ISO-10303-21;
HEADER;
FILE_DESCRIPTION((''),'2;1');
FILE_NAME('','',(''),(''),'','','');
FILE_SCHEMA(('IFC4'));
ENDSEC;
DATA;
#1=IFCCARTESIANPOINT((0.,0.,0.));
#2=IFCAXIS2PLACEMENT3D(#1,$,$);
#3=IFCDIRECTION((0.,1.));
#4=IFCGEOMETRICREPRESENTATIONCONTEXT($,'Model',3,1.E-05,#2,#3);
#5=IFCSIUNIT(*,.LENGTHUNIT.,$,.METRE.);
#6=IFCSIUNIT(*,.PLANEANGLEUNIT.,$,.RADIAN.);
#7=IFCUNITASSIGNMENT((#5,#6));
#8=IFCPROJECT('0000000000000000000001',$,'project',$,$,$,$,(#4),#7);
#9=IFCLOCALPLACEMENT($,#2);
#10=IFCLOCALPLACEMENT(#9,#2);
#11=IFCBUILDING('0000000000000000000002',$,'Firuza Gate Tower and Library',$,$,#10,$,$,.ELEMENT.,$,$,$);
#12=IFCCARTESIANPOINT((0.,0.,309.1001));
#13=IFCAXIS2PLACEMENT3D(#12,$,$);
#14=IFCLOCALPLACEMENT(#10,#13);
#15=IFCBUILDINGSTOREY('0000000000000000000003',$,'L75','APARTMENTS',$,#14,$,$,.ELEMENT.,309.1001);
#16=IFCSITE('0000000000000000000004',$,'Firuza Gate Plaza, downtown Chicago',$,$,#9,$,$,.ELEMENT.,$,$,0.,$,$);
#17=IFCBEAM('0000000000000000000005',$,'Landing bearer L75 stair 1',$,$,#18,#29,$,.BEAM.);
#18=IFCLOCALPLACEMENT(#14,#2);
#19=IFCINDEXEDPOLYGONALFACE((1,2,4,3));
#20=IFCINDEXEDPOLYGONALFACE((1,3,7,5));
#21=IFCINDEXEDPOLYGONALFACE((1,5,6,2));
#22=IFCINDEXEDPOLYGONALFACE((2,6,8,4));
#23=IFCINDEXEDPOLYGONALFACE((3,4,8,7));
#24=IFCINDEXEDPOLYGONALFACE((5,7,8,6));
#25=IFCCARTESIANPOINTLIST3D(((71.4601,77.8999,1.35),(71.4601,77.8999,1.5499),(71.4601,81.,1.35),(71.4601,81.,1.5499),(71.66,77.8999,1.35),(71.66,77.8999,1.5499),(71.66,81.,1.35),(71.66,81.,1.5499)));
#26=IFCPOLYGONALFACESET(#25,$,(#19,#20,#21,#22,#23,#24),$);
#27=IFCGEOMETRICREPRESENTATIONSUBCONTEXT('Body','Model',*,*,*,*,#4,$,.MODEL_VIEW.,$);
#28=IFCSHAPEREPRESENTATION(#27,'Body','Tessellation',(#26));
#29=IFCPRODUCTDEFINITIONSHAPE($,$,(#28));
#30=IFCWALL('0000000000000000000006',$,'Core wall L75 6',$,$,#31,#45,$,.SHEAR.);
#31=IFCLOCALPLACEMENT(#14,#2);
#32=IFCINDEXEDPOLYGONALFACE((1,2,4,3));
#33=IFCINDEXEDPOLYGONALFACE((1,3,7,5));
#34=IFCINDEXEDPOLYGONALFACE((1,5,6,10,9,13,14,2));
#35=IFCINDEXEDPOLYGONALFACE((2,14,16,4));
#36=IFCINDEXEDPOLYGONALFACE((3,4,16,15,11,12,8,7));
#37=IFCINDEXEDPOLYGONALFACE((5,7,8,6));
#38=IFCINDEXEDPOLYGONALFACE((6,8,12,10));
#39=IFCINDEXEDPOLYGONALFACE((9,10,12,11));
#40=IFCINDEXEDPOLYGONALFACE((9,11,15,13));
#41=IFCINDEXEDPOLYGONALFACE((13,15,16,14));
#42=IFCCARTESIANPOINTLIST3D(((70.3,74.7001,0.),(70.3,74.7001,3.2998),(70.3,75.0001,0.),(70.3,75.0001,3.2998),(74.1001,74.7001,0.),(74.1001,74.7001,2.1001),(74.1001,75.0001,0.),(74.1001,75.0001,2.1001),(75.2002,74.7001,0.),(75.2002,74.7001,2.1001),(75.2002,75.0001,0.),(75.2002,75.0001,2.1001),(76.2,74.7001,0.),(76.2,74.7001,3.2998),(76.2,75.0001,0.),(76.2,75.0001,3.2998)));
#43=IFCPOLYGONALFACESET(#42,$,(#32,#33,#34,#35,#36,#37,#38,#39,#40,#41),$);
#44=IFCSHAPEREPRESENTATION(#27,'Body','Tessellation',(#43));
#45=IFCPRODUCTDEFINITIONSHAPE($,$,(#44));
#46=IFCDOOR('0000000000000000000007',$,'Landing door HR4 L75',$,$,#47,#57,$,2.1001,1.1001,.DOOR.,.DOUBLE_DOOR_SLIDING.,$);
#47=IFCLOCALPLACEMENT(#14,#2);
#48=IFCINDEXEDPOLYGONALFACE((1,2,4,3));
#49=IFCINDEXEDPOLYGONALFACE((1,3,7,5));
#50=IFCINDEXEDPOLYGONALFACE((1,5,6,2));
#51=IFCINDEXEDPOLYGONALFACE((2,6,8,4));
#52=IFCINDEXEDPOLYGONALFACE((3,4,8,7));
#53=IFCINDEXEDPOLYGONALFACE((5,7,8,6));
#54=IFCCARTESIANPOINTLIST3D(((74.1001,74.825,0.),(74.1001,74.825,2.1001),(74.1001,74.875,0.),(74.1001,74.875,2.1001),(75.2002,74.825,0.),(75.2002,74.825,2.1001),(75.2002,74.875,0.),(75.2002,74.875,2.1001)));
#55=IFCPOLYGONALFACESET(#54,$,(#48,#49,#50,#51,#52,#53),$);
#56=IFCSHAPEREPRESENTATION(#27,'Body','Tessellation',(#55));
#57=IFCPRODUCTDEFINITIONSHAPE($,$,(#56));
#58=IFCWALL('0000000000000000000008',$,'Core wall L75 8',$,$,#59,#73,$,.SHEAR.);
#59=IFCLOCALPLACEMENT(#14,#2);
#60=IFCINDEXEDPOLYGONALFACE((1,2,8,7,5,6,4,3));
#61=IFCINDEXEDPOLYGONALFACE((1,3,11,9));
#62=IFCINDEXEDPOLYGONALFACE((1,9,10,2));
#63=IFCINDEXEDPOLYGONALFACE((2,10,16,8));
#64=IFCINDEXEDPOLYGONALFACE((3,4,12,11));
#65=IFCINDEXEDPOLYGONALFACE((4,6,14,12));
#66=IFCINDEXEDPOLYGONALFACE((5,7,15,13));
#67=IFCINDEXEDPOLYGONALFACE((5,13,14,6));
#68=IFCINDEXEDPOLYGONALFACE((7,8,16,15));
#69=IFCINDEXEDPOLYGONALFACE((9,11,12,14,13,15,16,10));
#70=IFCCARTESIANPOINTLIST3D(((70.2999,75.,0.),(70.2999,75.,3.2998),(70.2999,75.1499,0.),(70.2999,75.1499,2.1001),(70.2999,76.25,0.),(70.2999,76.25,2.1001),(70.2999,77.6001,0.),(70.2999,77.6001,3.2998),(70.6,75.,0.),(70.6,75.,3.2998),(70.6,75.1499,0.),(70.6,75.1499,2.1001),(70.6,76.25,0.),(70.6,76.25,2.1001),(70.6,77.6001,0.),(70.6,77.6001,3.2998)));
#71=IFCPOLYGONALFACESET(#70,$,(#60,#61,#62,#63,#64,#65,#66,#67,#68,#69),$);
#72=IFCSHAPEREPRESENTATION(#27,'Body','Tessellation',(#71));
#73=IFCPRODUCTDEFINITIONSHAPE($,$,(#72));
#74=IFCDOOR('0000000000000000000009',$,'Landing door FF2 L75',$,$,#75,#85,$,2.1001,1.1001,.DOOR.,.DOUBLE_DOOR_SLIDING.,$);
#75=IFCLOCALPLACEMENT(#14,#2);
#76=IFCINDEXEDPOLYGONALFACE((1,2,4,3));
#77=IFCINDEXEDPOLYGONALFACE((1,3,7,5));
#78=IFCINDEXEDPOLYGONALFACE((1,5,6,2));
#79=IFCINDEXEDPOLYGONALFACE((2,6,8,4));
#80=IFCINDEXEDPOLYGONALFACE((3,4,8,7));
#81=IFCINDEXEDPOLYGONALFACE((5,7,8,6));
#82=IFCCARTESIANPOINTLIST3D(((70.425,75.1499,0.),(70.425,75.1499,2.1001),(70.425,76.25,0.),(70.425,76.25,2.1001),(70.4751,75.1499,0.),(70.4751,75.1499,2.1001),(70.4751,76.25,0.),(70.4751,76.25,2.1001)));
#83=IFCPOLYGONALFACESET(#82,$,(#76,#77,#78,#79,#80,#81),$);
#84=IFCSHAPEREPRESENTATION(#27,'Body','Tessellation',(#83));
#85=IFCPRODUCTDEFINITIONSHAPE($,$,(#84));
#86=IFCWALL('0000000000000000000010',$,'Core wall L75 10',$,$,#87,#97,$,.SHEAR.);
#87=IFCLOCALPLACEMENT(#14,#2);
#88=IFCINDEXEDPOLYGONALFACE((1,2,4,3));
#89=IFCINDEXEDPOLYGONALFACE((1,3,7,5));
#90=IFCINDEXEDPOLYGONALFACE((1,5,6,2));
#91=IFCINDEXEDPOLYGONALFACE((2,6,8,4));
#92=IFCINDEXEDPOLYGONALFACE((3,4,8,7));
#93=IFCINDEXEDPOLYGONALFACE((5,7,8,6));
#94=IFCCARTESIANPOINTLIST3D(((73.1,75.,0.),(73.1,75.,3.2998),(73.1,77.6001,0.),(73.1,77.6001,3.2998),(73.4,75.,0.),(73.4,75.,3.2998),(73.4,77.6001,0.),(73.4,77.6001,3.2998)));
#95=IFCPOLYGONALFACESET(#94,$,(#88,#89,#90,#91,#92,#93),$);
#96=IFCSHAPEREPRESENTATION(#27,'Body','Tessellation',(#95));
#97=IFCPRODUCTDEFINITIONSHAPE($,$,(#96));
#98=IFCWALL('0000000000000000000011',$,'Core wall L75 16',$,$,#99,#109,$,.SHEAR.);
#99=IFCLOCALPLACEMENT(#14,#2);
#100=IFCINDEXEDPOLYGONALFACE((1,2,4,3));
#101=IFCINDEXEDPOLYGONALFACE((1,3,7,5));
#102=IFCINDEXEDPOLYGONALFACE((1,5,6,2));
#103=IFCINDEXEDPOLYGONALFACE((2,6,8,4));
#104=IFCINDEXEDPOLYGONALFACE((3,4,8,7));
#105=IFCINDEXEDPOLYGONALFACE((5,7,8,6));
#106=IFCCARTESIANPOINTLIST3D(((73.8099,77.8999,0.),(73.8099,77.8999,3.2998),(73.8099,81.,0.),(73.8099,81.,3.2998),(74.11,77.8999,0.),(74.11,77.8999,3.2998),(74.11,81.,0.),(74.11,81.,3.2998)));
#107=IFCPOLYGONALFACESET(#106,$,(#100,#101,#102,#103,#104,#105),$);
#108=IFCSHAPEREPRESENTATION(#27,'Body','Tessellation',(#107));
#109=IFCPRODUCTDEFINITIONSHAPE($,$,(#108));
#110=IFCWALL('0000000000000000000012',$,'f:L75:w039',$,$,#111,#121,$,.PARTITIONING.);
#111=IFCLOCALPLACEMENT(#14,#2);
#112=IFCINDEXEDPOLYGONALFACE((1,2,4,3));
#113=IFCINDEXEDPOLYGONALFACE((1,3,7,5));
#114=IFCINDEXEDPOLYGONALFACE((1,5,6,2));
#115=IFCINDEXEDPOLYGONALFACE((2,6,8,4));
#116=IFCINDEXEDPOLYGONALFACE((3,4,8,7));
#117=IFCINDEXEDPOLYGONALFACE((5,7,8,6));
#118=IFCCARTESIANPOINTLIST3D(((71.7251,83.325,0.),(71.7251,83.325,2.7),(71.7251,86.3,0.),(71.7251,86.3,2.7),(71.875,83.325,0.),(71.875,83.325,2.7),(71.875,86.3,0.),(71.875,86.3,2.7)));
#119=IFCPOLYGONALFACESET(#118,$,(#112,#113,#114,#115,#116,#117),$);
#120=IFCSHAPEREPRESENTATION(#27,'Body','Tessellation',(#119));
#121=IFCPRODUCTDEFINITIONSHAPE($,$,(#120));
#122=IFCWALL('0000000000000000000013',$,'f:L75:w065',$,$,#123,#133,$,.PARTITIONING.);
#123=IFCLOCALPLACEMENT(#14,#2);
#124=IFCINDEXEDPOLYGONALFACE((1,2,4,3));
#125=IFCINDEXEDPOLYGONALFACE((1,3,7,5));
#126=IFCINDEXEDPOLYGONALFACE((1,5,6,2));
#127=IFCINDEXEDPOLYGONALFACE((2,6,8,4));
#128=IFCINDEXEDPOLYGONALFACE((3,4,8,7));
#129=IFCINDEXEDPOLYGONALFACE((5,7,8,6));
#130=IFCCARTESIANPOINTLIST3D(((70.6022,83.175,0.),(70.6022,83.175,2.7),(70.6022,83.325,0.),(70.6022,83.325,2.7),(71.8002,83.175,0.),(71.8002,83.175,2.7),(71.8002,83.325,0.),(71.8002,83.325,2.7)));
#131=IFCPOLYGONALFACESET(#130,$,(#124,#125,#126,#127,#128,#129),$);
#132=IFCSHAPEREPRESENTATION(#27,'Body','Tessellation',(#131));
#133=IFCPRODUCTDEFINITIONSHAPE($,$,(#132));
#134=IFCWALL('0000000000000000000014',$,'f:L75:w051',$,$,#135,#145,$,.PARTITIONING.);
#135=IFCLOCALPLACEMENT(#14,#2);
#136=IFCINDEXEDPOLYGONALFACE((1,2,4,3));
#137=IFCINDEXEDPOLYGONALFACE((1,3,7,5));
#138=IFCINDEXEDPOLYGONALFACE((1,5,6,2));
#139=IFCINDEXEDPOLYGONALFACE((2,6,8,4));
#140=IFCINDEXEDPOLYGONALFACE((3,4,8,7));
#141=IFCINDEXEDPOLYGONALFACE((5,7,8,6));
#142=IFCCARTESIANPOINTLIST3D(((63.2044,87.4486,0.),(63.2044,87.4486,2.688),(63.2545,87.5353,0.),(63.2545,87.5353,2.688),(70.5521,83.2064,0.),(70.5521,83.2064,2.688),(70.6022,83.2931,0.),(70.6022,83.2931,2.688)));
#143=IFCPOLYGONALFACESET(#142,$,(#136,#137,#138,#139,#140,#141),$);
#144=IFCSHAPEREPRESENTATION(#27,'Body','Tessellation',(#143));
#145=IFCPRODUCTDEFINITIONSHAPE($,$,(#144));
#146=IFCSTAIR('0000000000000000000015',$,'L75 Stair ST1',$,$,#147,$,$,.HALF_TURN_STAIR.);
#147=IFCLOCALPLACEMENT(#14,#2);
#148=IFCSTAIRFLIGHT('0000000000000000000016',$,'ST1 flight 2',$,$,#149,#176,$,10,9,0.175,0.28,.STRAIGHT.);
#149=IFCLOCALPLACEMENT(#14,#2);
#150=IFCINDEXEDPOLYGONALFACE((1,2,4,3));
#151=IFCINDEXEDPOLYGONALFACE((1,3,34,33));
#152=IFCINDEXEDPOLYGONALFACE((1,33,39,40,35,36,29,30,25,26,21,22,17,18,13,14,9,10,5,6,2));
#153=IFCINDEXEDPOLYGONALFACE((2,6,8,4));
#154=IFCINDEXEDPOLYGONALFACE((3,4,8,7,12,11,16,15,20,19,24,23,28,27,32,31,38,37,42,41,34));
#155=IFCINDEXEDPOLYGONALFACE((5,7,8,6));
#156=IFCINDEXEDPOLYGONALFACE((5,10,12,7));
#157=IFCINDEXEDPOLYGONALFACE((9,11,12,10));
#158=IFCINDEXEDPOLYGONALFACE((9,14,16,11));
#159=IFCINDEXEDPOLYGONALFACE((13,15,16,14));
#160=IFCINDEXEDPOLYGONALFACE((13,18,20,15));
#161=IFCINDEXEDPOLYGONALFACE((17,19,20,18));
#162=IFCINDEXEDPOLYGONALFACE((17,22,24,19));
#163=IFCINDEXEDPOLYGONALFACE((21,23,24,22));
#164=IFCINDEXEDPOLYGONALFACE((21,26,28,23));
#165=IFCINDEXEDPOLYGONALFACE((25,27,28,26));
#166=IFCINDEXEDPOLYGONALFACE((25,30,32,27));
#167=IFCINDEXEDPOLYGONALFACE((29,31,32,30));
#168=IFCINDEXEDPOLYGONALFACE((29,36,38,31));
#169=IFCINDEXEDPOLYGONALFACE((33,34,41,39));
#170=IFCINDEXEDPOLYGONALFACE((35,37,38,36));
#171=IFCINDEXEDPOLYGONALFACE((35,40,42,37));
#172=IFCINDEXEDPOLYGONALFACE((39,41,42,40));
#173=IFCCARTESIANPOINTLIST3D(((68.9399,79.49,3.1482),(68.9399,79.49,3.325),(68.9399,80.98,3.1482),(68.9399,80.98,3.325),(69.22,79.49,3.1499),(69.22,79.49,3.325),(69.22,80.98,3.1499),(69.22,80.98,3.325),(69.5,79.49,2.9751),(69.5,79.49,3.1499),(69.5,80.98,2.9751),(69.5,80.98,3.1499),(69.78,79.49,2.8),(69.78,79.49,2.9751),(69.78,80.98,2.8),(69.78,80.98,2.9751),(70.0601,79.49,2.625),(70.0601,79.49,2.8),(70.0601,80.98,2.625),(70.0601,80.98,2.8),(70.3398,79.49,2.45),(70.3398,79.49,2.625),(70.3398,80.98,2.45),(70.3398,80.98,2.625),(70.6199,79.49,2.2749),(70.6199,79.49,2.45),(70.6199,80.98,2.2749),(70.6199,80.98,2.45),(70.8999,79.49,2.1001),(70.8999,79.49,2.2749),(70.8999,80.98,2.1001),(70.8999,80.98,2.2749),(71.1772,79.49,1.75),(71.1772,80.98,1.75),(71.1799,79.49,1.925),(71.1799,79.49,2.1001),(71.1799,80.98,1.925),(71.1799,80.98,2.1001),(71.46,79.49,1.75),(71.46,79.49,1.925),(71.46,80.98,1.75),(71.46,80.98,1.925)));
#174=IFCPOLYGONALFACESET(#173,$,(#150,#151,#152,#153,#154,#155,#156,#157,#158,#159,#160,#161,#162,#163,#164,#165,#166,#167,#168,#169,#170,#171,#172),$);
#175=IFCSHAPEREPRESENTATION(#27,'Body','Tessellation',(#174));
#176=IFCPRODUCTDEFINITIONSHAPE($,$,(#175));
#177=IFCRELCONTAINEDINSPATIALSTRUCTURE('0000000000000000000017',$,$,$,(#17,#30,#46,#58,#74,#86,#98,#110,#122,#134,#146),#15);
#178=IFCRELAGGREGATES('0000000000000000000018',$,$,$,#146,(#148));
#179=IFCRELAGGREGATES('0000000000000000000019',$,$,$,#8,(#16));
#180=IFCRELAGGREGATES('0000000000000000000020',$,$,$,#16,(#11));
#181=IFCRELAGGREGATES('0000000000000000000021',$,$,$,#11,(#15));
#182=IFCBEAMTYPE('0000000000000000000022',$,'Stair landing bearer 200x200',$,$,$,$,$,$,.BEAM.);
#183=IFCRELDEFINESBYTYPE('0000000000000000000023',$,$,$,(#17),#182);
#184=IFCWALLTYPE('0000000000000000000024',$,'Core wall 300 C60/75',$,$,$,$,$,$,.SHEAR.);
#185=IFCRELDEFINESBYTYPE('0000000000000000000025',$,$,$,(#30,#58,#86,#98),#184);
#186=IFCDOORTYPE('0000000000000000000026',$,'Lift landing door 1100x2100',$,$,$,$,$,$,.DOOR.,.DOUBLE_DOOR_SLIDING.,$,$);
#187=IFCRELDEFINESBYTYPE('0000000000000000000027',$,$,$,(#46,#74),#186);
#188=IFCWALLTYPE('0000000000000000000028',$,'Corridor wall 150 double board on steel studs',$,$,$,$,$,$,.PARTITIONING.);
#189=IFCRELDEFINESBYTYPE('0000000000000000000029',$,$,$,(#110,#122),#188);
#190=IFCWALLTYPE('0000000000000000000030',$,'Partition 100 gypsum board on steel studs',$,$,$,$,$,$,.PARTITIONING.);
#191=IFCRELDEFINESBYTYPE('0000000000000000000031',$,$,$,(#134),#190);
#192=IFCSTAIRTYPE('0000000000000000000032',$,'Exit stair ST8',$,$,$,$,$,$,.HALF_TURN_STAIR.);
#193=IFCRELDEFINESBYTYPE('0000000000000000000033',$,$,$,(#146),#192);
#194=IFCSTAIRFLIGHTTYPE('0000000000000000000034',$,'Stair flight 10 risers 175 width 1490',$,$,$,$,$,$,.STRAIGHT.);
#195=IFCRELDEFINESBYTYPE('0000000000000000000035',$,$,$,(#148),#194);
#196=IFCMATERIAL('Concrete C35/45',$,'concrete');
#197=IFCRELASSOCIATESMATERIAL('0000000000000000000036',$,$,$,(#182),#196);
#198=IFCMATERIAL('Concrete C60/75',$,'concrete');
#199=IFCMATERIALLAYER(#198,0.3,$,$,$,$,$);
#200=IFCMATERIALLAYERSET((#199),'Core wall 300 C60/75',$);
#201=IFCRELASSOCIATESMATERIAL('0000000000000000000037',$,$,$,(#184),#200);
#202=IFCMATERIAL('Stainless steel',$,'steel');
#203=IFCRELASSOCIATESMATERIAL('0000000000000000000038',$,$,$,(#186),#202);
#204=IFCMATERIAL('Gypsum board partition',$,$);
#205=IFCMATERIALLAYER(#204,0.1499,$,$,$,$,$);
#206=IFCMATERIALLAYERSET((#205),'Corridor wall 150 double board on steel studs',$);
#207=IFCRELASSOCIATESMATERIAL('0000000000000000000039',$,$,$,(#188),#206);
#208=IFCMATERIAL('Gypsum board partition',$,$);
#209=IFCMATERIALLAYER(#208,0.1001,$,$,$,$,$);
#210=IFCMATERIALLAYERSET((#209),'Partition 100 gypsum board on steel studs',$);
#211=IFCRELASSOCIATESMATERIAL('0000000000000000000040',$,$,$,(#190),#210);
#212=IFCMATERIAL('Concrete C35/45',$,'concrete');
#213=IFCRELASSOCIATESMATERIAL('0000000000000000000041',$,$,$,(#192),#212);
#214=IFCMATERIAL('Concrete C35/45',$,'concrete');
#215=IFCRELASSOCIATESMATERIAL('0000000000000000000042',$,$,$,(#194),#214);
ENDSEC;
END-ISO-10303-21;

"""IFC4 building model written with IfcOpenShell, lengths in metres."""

from ifc_helpers import new_model, si_unit, direction, frame, frame_2d, origin, origin_2d, place, context, subcontext, project, spatial, polyline, rectangle, outline, extrude, material, layer, layer_set, material_profile, profile_set, type_object, element, fill, aggregate, save


model = new_model("IFC4")

# Units and contexts
model_context = context("Model", 3, precision=1e-05, world=origin(), true_north=direction((0.0, 1.0)))
body_context = subcontext(model_context, "Body", "Model", "MODEL_VIEW")
ifc_project = project(units=[si_unit("LENGTHUNIT", "METRE"), si_unit("PLANEANGLEUNIT", "RADIAN")], contexts=[model_context])

# Site, building, storey
site_placement = place(None, origin())
site = spatial("IfcSite", under=ifc_project, at=site_placement, Name="Firuza Gate Plaza, downtown Chicago", CompositionType="ELEMENT", RefElevation=0.0)
building_placement = place(site_placement, origin())
building = spatial("IfcBuilding", under=site, at=building_placement, Name="Firuza Gate Tower and Library", CompositionType="ELEMENT")
storey_placement = place(building_placement, frame((0.0, 0.0, 309.1001)))
storey = spatial("IfcBuildingStorey", under=building, at=storey_placement, Name="L75", Description="APARTMENTS", CompositionType="ELEMENT", Elevation=309.1001)

# Beam
ifc_material_1 = material(Name="Concrete C35/45", Category="concrete")
ifc_material_profile = material_profile(ifc_material_1, rectangle(XDim=0.2, YDim=0.2, at=origin_2d()))
ifc_profile_set = profile_set([ifc_material_profile], Name="Concrete C35/45")
beam_type = type_object("IfcBeamType", Name="Stair landing bearer 200x200", PredefinedType="BEAM", material=ifc_profile_set)
beam_placement = place(storey_placement, frame((71.5601, 77.8999, 1.45), z_axis=(0.0, 1.0, 0.0), x_axis=(-1.0, 0.0, 0.0)))
element("IfcBeam", 1, at=beam_placement, inside=storey, type_object=beam_type, Name="Landing bearer L75 stair 1", PredefinedType="BEAM", context=body_context, shape_type="SweptSolid", body=[
    extrude(rectangle(XDim=0.2, YDim=0.2, at=origin_2d()), origin(), (0.0, 0.0, 1.0), 3.1001),
])

# Walls, openings, doors
ifc_material_2 = material(Name="Concrete C60/75", Category="concrete")
ifc_layer_1 = layer(ifc_material_2, 0.3)
ifc_layer_set_1 = layer_set([ifc_layer_1], Name="Core wall 300 C60/75")
wall_type_1 = type_object("IfcWallType", Name="Core wall 300 C60/75", PredefinedType="SHEAR", material=ifc_layer_set_1)
wall_1_placement = place(storey_placement, frame((70.3, 74.8501, 0.0), z_axis=(0.0, 0.0, 1.0), x_axis=(1.0, 0.0, 0.0)))
wall_1 = element("IfcWall", 2, at=wall_1_placement, inside=storey, type_object=wall_type_1, Name="Core wall L75 6", PredefinedType="SHEAR", context=body_context, shape_type="SweptSolid", body=[
    extrude(rectangle(XDim=5.8999, YDim=0.3, at=frame_2d((2.95, 0.0))), origin(), (0.0, 0.0, 1.0), 3.2998),
])
opening_1_placement = place(wall_1_placement, frame((3.8, 0.0, 0.0)))
opening_1 = element("IfcOpeningElement", 3, at=opening_1_placement, cuts=wall_1, PredefinedType="OPENING", context=body_context, shape_type="SweptSolid", body=[
    extrude(rectangle(XDim=1.1001, YDim=2.1001, at=frame_2d((0.55, 1.05))), frame((0.0, 0.1602, 0.0), z_axis=(0.0, -1.0, 0.0), x_axis=(1.0, 0.0, 0.0)), (0.0, 0.0, 1.0), 0.3201),
])
ifc_material_3 = material(Name="Stainless steel", Category="steel")
door_type = type_object("IfcDoorType", Name="Lift landing door 1100x2100", OperationType="DOUBLE_DOOR_SLIDING", PredefinedType="DOOR", material=ifc_material_3)
door_1_placement = place(opening_1_placement, origin())
door_1 = element("IfcDoor", 4, at=door_1_placement, inside=storey, type_object=door_type, Name="Landing door HR4 L75", OperationType="DOUBLE_DOOR_SLIDING", OverallHeight=2.1001, OverallWidth=1.1001, PredefinedType="DOOR", context=body_context, shape_type="SweptSolid", body=[
    extrude(rectangle(XDim=1.1001, YDim=2.1001, at=frame_2d((0.55, 1.05))), frame((0.0, 0.0249, 0.0), z_axis=(0.0, -1.0, 0.0), x_axis=(1.0, 0.0, 0.0)), (0.0, 0.0, 1.0), 0.05),
])
fill(opening_1, door_1)
wall_2_placement = place(storey_placement, frame((70.45, 75.0, 0.0), z_axis=(0.0, 0.0, 1.0), x_axis=(0.0, 1.0, 0.0)))
wall_2 = element("IfcWall", 5, at=wall_2_placement, inside=storey, type_object=wall_type_1, Name="Core wall L75 8", PredefinedType="SHEAR", context=body_context, shape_type="SweptSolid", body=[
    extrude(rectangle(XDim=2.6001, YDim=0.3, at=frame_2d((1.3, 0.0))), origin(), (0.0, 0.0, 1.0), 3.2998),
])
opening_2_placement = place(wall_2_placement, frame((0.1499, 0.0, 0.0)))
opening_2 = element("IfcOpeningElement", 6, at=opening_2_placement, cuts=wall_2, PredefinedType="OPENING", context=body_context, shape_type="SweptSolid", body=[
    extrude(rectangle(XDim=1.1001, YDim=2.1001, at=frame_2d((0.55, 1.05))), frame((0.0, 0.1602, 0.0), z_axis=(0.0, -1.0, 0.0), x_axis=(1.0, 0.0, 0.0)), (0.0, 0.0, 1.0), 0.3201),
])
door_2_placement = place(opening_2_placement, origin())
door_2 = element("IfcDoor", 7, at=door_2_placement, inside=storey, type_object=door_type, Name="Landing door FF2 L75", OperationType="DOUBLE_DOOR_SLIDING", OverallHeight=2.1001, OverallWidth=1.1001, PredefinedType="DOOR", context=body_context, shape_type="SweptSolid", body=[
    extrude(rectangle(XDim=1.1001, YDim=2.1001, at=frame_2d((0.55, 1.05))), frame((0.0, 0.0249, 0.0), z_axis=(0.0, -1.0, 0.0), x_axis=(1.0, 0.0, 0.0)), (0.0, 0.0, 1.0), 0.05),
])
fill(opening_2, door_2)

# Walls
wall_3_placement = place(storey_placement, frame((73.25, 75.0, 0.0), z_axis=(0.0, 0.0, 1.0), x_axis=(0.0, 1.0, 0.0)))
element("IfcWall", 8, at=wall_3_placement, inside=storey, type_object=wall_type_1, Name="Core wall L75 10", PredefinedType="SHEAR", context=body_context, shape_type="SweptSolid", body=[
    extrude(rectangle(XDim=2.6001, YDim=0.3, at=frame_2d((1.3, 0.0))), origin(), (0.0, 0.0, 1.0), 3.2998),
])
wall_4_placement = place(storey_placement, frame((73.96, 77.8999, 0.0), z_axis=(0.0, 0.0, 1.0), x_axis=(0.0, 1.0, 0.0)))
element("IfcWall", 9, at=wall_4_placement, inside=storey, type_object=wall_type_1, Name="Core wall L75 16", PredefinedType="SHEAR", context=body_context, shape_type="SweptSolid", body=[
    extrude(rectangle(XDim=3.1001, YDim=0.3, at=frame_2d((1.55, 0.0))), origin(), (0.0, 0.0, 1.0), 3.2998),
])
ifc_material_4 = material(Name="Gypsum board partition")
ifc_layer_2 = layer(ifc_material_4, 0.1499)
ifc_layer_set_2 = layer_set([ifc_layer_2], Name="Corridor wall 150 double board on steel studs")
wall_type_2 = type_object("IfcWallType", Name="Corridor wall 150 double board on steel studs", PredefinedType="PARTITIONING", material=ifc_layer_set_2)
wall_5_placement = place(storey_placement, frame((71.8, 83.325, 0.0), z_axis=(0.0, 0.0, 1.0), x_axis=(0.0, 1.0, 0.0)))
element("IfcWall", 10, at=wall_5_placement, inside=storey, type_object=wall_type_2, Name="f:L75:w039", PredefinedType="PARTITIONING", context=body_context, shape_type="SweptSolid", body=[
    extrude(rectangle(XDim=2.9751, YDim=0.1499, at=frame_2d((1.4875, 0.0))), origin(), (0.0, 0.0, 1.0), 2.7),
])
wall_6_placement = place(storey_placement, frame((70.6021, 83.25, 0.0), z_axis=(0.0, 0.0, 1.0), x_axis=(1.0, 0.0, 0.0)))
element("IfcWall", 11, at=wall_6_placement, inside=storey, type_object=wall_type_2, Name="f:L75:w065", PredefinedType="PARTITIONING", context=body_context, shape_type="SweptSolid", body=[
    extrude(rectangle(XDim=1.198, YDim=0.1499, at=frame_2d((0.5991, 0.0))), origin(), (0.0, 0.0, 1.0), 2.7),
])
ifc_material_5 = material(Name="Gypsum board partition")
ifc_layer_3 = layer(ifc_material_5, 0.1001)
ifc_layer_set_3 = layer_set([ifc_layer_3], Name="Partition 100 gypsum board on steel studs")
wall_type_3 = type_object("IfcWallType", Name="Partition 100 gypsum board on steel studs", PredefinedType="PARTITIONING", material=ifc_layer_set_3)
wall_7_placement = place(storey_placement, frame((70.5771, 83.2498, 0.0), z_axis=(0.0, 0.0, 1.0), x_axis=(-0.866025, 0.500001, 0.0)))
element("IfcWall", 12, at=wall_7_placement, inside=storey, type_object=wall_type_3, Name="f:L75:w051", PredefinedType="PARTITIONING", context=body_context, shape_type="SweptSolid", body=[
    extrude(rectangle(XDim=8.4844, YDim=0.1001, at=frame_2d((4.2422, 0.0))), origin(), (0.0, 0.0, 1.0), 2.688),
])

# Stair, stair flight
ifc_material_6 = material(Name="Concrete C35/45", Category="concrete")
stair_type = type_object("IfcStairType", Name="Exit stair ST8", PredefinedType="HALF_TURN_STAIR", material=ifc_material_6)
stair_placement = place(storey_placement, origin())
stair = element("IfcStair", 13, at=stair_placement, inside=storey, type_object=stair_type, Name="L75 Stair ST1", PredefinedType="HALF_TURN_STAIR")
ifc_material_7 = material(Name="Concrete C35/45", Category="concrete")
stair_flight_type = type_object("IfcStairFlightType", Name="Stair flight 10 risers 175 width 1490", PredefinedType="STRAIGHT", material=ifc_material_7)
stair_flight_placement = place(storey_placement, frame((71.46, 80.2351, 1.75), z_axis=(0.0, 0.0, 1.0), x_axis=(-1.0, 0.0, 0.0)))
stair_flight = element("IfcStairFlight", 14, at=stair_flight_placement, type_object=stair_flight_type, Name="ST1 flight 2", NumberOfRisers=10, NumberOfTreads=9, PredefinedType="STRAIGHT", RiserHeight=0.175, TreadLength=0.28, context=body_context, shape_type="SweptSolid", body=[
    extrude(outline(polyline([(0.0, 0.0), (0.0, 0.175), (0.28, 0.175), (0.28, 0.3501), (0.5601, 0.3501), (0.5601, 0.5249), (0.8401, 0.5249), (0.8401, 0.7), (1.1201, 0.7), (1.1201, 0.875), (1.3999, 0.875), (1.3999, 1.05), (1.6799, 1.05), (1.6799, 1.2251), (1.96, 1.2251), (1.96, 1.3999), (2.24, 1.3999), (2.24, 1.575), (2.52, 1.575), (2.52, 1.75), (2.52, 1.3982), (0.2827, 0.0), (0.0, 0.0)])), frame((0.0, 0.7451, 0.0), z_axis=(0.0, -1.0, 0.0), x_axis=(1.0, 0.0, 0.0)), (0.0, 0.0, 1.0), 1.49),
])
aggregate(stair, [stair_flight])

save(model, "model.ifc")
